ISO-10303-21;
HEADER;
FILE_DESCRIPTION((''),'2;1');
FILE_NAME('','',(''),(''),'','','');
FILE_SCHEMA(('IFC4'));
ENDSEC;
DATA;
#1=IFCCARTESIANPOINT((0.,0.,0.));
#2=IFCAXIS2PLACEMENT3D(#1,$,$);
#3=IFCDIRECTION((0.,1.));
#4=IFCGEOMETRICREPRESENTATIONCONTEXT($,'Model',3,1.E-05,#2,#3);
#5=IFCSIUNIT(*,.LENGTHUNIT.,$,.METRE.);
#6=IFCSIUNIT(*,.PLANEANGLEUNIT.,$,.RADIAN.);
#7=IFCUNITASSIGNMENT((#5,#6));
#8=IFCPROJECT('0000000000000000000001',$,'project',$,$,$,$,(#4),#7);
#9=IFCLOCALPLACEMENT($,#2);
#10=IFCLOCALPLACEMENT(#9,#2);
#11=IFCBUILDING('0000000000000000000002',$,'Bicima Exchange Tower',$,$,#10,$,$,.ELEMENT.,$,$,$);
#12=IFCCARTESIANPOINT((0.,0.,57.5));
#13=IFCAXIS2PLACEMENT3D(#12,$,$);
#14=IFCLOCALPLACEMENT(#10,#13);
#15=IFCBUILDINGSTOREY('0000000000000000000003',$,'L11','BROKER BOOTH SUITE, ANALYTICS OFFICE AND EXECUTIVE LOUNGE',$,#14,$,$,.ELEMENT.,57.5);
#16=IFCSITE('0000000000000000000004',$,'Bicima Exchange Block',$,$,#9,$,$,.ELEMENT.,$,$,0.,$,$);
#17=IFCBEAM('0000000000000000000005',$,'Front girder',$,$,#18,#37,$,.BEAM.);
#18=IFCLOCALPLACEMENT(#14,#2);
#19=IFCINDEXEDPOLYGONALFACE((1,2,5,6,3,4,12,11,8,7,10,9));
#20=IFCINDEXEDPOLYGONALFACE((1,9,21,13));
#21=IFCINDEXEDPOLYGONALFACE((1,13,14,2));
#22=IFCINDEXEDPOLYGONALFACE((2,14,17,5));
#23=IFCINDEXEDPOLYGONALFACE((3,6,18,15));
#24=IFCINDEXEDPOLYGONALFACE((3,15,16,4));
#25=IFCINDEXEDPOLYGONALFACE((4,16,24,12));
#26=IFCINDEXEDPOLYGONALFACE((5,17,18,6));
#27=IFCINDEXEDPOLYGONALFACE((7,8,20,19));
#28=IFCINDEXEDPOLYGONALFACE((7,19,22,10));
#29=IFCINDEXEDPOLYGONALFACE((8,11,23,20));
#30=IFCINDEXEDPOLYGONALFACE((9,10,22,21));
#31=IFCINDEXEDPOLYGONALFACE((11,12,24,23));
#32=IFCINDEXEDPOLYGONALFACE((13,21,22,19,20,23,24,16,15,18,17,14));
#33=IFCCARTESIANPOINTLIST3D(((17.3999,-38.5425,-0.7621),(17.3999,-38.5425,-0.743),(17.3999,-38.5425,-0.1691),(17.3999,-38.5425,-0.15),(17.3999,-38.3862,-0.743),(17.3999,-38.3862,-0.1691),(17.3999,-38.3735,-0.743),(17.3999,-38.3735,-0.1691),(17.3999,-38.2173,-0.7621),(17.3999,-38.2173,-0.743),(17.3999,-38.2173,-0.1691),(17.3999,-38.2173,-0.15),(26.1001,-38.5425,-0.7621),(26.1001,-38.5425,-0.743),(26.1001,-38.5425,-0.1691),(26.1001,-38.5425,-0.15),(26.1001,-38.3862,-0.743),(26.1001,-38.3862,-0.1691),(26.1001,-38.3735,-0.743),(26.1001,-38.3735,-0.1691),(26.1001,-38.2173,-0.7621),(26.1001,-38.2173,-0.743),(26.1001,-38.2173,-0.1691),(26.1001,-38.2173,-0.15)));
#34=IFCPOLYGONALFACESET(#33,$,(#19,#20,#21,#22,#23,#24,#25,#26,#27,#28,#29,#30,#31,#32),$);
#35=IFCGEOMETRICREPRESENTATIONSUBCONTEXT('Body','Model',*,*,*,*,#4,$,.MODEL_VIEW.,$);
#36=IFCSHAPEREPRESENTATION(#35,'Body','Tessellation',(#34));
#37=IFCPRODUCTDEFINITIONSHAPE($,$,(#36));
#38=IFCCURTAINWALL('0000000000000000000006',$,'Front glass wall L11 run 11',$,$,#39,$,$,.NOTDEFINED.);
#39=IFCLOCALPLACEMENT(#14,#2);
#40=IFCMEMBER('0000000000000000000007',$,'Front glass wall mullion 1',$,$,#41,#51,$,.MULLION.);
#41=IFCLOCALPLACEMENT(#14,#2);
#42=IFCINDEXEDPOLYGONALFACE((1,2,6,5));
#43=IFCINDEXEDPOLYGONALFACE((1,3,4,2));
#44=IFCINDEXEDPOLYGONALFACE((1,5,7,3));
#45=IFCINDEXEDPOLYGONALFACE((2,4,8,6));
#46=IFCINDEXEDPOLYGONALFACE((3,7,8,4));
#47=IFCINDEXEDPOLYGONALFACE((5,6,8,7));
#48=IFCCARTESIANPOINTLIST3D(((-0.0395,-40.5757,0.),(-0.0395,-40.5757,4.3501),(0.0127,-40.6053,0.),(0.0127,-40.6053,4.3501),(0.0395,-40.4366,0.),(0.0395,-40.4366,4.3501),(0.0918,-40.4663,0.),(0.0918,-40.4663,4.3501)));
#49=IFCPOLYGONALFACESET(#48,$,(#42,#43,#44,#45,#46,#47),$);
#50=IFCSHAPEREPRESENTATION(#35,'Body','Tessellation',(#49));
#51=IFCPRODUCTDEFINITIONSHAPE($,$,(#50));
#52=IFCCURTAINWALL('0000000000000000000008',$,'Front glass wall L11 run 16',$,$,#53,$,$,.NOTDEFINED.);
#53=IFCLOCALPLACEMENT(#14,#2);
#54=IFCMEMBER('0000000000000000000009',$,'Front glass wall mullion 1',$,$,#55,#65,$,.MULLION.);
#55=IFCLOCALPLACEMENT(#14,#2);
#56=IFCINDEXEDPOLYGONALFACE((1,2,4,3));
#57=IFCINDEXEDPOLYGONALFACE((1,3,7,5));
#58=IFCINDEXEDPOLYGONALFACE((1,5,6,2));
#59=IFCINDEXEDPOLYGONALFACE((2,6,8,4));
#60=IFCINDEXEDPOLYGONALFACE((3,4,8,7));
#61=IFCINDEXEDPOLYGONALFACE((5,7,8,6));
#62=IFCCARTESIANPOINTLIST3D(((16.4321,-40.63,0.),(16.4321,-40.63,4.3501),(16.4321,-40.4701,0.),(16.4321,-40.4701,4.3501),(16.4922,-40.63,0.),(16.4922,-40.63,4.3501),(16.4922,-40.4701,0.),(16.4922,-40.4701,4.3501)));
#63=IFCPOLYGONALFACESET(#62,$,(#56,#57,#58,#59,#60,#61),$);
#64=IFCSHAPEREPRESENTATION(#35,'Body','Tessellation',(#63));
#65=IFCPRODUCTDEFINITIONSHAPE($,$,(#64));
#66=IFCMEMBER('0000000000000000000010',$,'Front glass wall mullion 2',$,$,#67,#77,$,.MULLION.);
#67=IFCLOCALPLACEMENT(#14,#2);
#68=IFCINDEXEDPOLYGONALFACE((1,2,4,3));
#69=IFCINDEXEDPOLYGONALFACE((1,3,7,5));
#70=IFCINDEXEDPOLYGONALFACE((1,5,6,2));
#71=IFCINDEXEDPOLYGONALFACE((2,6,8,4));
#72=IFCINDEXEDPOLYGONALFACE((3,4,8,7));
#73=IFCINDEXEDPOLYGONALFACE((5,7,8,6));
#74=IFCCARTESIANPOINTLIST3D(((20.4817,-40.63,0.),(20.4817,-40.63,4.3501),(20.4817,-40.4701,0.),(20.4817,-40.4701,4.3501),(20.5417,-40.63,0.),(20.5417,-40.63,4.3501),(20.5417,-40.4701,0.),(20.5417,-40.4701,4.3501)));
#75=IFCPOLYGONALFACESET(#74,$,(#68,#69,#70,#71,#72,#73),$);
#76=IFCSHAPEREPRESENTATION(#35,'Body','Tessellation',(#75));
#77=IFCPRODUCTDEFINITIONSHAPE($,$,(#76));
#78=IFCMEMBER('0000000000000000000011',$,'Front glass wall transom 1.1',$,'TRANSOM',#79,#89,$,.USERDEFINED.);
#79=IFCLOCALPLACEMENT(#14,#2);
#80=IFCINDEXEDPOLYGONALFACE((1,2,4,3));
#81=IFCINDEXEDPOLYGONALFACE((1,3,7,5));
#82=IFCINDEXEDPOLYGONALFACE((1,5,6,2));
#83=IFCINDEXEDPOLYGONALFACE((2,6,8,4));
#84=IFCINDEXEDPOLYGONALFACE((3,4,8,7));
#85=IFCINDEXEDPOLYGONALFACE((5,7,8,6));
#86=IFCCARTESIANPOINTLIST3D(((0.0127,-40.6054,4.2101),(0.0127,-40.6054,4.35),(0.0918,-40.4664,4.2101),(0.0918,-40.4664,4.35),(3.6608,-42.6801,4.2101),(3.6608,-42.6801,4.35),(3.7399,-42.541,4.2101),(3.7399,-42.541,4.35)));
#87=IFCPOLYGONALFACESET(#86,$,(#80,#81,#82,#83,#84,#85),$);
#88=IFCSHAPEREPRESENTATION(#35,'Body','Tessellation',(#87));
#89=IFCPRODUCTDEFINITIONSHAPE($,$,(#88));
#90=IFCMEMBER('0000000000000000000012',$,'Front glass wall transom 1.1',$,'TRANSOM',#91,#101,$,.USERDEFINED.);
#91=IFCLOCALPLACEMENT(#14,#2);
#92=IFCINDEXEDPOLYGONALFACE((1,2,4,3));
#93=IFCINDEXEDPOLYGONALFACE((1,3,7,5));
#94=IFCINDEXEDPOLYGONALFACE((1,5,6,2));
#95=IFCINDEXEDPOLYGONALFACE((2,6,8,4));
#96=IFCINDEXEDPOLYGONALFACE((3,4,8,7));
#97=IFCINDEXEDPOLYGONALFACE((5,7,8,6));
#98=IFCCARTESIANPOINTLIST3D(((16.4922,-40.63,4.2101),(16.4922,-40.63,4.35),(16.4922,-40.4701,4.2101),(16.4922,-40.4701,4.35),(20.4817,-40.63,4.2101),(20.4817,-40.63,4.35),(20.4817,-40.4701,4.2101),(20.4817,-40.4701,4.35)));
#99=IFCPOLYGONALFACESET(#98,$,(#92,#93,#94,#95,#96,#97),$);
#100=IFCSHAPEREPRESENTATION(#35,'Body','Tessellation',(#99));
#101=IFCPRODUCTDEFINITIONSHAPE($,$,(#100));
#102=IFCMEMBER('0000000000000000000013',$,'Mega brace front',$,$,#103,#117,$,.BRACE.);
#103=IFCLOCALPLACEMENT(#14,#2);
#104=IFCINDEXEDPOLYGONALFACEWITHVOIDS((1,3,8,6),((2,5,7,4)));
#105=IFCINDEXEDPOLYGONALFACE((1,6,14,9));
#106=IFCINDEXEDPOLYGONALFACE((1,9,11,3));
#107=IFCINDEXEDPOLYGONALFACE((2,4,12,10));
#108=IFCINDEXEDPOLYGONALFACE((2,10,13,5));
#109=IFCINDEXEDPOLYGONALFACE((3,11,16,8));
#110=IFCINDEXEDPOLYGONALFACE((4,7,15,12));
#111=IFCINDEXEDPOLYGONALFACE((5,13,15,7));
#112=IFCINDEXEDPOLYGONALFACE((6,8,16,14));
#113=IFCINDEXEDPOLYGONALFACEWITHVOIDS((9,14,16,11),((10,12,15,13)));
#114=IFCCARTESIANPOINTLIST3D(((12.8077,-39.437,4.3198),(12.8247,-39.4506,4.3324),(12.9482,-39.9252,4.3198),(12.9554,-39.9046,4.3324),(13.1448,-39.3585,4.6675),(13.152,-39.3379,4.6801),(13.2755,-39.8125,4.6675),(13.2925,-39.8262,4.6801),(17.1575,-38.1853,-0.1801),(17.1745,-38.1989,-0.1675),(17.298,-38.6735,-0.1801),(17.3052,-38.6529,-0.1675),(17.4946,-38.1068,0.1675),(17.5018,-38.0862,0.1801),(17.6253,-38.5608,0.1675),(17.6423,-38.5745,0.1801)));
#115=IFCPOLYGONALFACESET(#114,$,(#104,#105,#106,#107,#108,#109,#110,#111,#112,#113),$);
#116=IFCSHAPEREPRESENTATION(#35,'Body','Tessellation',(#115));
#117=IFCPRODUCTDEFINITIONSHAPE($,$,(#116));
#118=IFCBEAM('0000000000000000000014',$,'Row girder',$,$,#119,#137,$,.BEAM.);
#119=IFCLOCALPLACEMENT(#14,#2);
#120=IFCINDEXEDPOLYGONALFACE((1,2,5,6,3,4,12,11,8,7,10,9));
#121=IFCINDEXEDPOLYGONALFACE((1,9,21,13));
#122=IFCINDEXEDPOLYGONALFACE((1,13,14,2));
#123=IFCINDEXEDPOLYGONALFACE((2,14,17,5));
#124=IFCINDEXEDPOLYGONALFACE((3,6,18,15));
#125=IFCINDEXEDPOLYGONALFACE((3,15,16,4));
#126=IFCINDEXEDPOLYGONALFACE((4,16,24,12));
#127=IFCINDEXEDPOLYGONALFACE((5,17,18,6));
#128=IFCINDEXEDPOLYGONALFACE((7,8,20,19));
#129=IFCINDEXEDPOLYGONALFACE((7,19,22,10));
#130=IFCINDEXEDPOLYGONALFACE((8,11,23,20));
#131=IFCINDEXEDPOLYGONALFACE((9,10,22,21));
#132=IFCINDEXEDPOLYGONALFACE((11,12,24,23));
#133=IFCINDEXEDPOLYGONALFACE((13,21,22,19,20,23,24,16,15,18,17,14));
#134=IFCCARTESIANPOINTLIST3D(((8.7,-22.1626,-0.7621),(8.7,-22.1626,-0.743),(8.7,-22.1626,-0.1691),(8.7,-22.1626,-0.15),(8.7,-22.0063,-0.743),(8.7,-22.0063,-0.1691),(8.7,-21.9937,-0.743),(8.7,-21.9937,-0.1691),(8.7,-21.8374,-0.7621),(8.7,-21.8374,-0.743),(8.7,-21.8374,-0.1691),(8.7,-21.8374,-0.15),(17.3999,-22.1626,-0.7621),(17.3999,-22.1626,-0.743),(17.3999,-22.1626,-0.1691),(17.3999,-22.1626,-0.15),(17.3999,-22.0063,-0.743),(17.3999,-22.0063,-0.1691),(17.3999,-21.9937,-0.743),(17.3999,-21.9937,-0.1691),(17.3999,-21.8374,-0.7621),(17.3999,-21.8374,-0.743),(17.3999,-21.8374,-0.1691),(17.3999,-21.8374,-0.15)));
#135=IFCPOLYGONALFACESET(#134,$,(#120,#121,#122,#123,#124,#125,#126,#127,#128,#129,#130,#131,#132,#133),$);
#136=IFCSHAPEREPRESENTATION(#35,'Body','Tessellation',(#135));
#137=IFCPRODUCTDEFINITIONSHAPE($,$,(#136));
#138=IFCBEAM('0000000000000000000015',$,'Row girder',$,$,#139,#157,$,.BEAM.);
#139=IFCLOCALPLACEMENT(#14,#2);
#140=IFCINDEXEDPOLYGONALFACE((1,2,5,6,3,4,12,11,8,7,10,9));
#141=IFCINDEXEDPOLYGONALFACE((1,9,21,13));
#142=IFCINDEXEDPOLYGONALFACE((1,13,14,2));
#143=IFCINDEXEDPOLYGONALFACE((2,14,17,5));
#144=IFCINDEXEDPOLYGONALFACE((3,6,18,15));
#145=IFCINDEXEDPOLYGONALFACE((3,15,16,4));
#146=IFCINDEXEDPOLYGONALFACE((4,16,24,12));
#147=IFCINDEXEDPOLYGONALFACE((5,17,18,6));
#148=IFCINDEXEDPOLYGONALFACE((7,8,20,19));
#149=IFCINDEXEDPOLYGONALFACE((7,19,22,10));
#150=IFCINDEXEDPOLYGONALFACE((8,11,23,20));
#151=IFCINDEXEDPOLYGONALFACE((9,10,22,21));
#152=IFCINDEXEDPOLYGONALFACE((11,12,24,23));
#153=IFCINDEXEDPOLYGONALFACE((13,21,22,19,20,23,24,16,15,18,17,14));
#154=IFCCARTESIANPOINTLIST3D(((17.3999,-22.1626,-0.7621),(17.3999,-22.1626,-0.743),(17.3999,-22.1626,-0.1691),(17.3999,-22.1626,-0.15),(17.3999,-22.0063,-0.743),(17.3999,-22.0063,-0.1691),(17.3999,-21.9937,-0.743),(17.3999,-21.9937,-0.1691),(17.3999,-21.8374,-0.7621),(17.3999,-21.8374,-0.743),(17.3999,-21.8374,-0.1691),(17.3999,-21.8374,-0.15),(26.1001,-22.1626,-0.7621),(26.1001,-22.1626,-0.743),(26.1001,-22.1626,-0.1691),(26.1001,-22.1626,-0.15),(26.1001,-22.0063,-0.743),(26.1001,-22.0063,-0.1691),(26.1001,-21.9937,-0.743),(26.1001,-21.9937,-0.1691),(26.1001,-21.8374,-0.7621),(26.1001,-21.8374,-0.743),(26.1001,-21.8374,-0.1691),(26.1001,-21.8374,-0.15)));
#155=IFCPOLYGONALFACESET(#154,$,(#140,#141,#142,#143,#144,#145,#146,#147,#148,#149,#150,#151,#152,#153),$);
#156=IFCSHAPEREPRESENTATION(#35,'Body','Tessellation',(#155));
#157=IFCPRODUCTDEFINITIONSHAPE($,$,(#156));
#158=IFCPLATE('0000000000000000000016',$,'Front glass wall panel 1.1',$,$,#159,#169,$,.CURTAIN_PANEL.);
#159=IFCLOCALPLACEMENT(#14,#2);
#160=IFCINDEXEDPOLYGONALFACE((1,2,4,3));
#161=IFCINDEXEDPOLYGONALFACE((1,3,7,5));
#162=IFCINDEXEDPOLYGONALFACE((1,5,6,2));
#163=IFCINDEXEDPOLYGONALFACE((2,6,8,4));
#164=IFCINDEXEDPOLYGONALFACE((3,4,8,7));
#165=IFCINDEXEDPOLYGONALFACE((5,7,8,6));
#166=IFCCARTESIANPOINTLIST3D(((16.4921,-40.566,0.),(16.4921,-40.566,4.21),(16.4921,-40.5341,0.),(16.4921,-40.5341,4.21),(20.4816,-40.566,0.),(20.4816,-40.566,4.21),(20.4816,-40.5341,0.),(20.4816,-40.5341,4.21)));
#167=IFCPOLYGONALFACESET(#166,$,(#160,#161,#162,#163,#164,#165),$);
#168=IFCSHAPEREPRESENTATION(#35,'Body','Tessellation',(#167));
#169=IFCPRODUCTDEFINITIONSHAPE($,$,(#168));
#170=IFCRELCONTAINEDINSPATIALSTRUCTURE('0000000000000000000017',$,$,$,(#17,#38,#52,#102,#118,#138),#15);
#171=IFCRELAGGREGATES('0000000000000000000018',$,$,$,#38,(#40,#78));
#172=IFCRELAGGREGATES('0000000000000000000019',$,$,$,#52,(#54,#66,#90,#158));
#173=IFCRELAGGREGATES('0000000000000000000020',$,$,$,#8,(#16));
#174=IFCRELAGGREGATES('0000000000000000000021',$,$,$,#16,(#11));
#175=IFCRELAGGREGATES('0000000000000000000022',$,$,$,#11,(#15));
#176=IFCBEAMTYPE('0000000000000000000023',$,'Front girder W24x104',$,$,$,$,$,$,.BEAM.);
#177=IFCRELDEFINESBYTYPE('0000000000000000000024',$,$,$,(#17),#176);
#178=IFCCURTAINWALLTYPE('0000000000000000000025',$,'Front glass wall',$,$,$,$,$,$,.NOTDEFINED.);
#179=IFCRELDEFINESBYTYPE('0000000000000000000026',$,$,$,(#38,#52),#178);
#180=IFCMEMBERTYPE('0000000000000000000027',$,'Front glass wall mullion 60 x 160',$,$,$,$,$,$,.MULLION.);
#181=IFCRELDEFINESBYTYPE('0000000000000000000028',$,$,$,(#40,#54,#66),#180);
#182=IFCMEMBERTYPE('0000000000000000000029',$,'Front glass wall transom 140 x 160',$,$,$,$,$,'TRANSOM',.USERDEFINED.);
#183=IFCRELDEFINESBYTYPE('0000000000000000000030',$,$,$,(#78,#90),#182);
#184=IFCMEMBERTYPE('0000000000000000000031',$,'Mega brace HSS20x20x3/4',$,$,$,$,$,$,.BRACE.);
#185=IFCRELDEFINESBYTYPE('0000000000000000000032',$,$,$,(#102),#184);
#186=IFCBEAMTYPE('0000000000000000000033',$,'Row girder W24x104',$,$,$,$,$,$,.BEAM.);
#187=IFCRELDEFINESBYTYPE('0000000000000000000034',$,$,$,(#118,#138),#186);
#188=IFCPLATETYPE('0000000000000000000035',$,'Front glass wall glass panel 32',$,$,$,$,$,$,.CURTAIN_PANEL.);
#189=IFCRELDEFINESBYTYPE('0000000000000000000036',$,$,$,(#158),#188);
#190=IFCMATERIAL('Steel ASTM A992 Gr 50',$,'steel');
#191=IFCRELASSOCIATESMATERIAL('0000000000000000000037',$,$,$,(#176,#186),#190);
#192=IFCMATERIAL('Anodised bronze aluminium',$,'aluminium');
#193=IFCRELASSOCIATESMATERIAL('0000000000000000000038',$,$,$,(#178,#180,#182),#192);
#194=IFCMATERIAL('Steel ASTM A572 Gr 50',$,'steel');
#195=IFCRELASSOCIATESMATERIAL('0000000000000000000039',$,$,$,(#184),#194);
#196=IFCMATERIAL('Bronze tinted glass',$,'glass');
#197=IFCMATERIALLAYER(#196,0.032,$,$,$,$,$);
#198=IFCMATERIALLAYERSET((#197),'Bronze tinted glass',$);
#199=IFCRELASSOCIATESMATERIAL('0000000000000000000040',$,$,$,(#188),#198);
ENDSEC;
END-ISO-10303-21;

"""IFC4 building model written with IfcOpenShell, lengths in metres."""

from ifc_helpers import new_model, si_unit, direction, frame, origin, origin_2d, place, context, subcontext, project, spatial, rectangle, hollow_rectangle, i_section, extrude, material, layer, layer_set, material_profile, profile_set, type_object, element, aggregate, save


model = new_model("IFC4")

# Units and contexts
model_context = context("Model", 3, precision=1e-05, world=origin(), true_north=direction((0.0, 1.0)))
body_context = subcontext(model_context, "Body", "Model", "MODEL_VIEW")
ifc_project = project(units=[si_unit("LENGTHUNIT", "METRE"), si_unit("PLANEANGLEUNIT", "RADIAN")], contexts=[model_context])

# Site, building, storey
site_placement = place(None, origin())
site = spatial("IfcSite", under=ifc_project, at=site_placement, Name="Bicima Exchange Block", CompositionType="ELEMENT", RefElevation=0.0)
building_placement = place(site_placement, origin())
building = spatial("IfcBuilding", under=site, at=building_placement, Name="Bicima Exchange Tower", CompositionType="ELEMENT")
storey_placement = place(building_placement, frame((0.0, 0.0, 57.5)))
storey = spatial("IfcBuildingStorey", under=building, at=storey_placement, Name="L11", Description="BROKER BOOTH SUITE, ANALYTICS OFFICE AND EXECUTIVE LOUNGE", CompositionType="ELEMENT", Elevation=57.5)

# Shared definitions
ifc_material_1 = material(Name="Steel ASTM A992 Gr 50", Category="steel")

# Beam
ifc_material_profile_1 = material_profile(ifc_material_1, i_section(OverallWidth=0.3252, OverallDepth=0.6121, WebThickness=0.0127, FlangeThickness=0.019, at=origin_2d()))
ifc_profile_set_1 = profile_set([ifc_material_profile_1], Name="Steel ASTM A992 Gr 50")
beam_type_1 = type_object("IfcBeamType", Name="Front girder W24x104", PredefinedType="BEAM", material=ifc_profile_set_1)
beam_1_placement = place(storey_placement, frame((17.3999, -38.3799, -0.4561), z_axis=(1.0, 0.0, 0.0), x_axis=(0.0, 1.0, 0.0)))
element("IfcBeam", 1, at=beam_1_placement, inside=storey, type_object=beam_type_1, Name="Front girder", PredefinedType="BEAM", context=body_context, shape_type="SweptSolid", body=[
    extrude(i_section(OverallWidth=0.3252, OverallDepth=0.6121, WebThickness=0.0127, FlangeThickness=0.019, at=origin_2d()), origin(), (0.0, 0.0, 1.0), 8.7002),
])

# Curtain wall, member
ifc_material_2 = material(Name="Anodised bronze aluminium", Category="aluminium")
curtain_wall_type = type_object("IfcCurtainWallType", Name="Front glass wall", PredefinedType="NOTDEFINED", material=ifc_material_2)
curtain_wall_1_placement = place(storey_placement, origin())
curtain_wall_1 = element("IfcCurtainWall", 2, at=curtain_wall_1_placement, inside=storey, type_object=curtain_wall_type, Name="Front glass wall L11 run 11", PredefinedType="NOTDEFINED")
ifc_material_profile_2 = material_profile(ifc_material_2, rectangle(XDim=0.1599, YDim=0.0601, at=origin_2d()))
ifc_profile_set_2 = profile_set([ifc_material_profile_2], Name="Anodised bronze aluminium")
member_type_1 = type_object("IfcMemberType", Name="Front glass wall mullion 60 x 160", PredefinedType="MULLION", material=ifc_profile_set_2)
member_1_placement = place(storey_placement, frame((0.0261, -40.521, 0.0), z_axis=(0.0, 0.0, 1.0), x_axis=(0.49433, 0.869274, 0.0)))
member_1 = element("IfcMember", 3, at=member_1_placement, type_object=member_type_1, Name="Front glass wall mullion 1", PredefinedType="MULLION", context=body_context, shape_type="SweptSolid", body=[
    extrude(rectangle(XDim=0.1599, YDim=0.0601, at=origin_2d()), origin(), (0.0, 0.0, 1.0), 4.3501),
])

# Curtain wall, members
curtain_wall_2_placement = place(storey_placement, origin())
curtain_wall_2 = element("IfcCurtainWall", 4, at=curtain_wall_2_placement, inside=storey, type_object=curtain_wall_type, Name="Front glass wall L11 run 16", PredefinedType="NOTDEFINED")
member_2_placement = place(storey_placement, frame((16.4622, -40.55, 0.0), z_axis=(0.0, 0.0, 1.0), x_axis=(0.0, 1.0, 0.0)))
member_2 = element("IfcMember", 5, at=member_2_placement, type_object=member_type_1, Name="Front glass wall mullion 1", PredefinedType="MULLION", context=body_context, shape_type="SweptSolid", body=[
    extrude(rectangle(XDim=0.1599, YDim=0.0601, at=origin_2d()), origin(), (0.0, 0.0, 1.0), 4.3501),
])
member_3_placement = place(storey_placement, frame((20.5117, -40.55, 0.0), z_axis=(0.0, 0.0, 1.0), x_axis=(0.0, 1.0, 0.0)))
member_3 = element("IfcMember", 6, at=member_3_placement, type_object=member_type_1, Name="Front glass wall mullion 2", PredefinedType="MULLION", context=body_context, shape_type="SweptSolid", body=[
    extrude(rectangle(XDim=0.1599, YDim=0.0601, at=origin_2d()), origin(), (0.0, 0.0, 1.0), 4.3501),
])

# Members
ifc_material_profile_3 = material_profile(ifc_material_2, rectangle(XDim=0.1599, YDim=0.1399, at=origin_2d()))
ifc_profile_set_3 = profile_set([ifc_material_profile_3], Name="Anodised bronze aluminium")
member_type_2 = type_object("IfcMemberType", Name="Front glass wall transom 140 x 160", ElementType="TRANSOM", PredefinedType="USERDEFINED", material=ifc_profile_set_3)
member_4_placement = place(storey_placement, frame((0.0522, -40.5359, 4.28), z_axis=(0.869265, -0.494346, 0.0), x_axis=(0.494346, 0.869265, 0.0)))
member_4 = element("IfcMember", 7, at=member_4_placement, type_object=member_type_2, Name="Front glass wall transom 1.1", ObjectType="TRANSOM", PredefinedType="USERDEFINED", context=body_context, shape_type="SweptSolid", body=[
    extrude(rectangle(XDim=0.1599, YDim=0.1399, at=origin_2d()), origin(), (0.0, 0.0, 1.0), 4.1968),
])
aggregate(curtain_wall_1, [member_1, member_4])
member_5_placement = place(storey_placement, frame((16.4922, -40.55, 4.28), z_axis=(1.0, 0.0, 0.0), x_axis=(0.0, 1.0, 0.0)))
member_5 = element("IfcMember", 8, at=member_5_placement, type_object=member_type_2, Name="Front glass wall transom 1.1", ObjectType="TRANSOM", PredefinedType="USERDEFINED", context=body_context, shape_type="SweptSolid", body=[
    extrude(rectangle(XDim=0.1599, YDim=0.1399, at=origin_2d()), origin(), (0.0, 0.0, 1.0), 3.9895),
])
ifc_material_3 = material(Name="Steel ASTM A572 Gr 50", Category="steel")
ifc_material_profile_4 = material_profile(ifc_material_3, hollow_rectangle(XDim=0.5081, YDim=0.5081, WallThickness=0.0178, at=origin_2d()))
ifc_profile_set_4 = profile_set([ifc_material_profile_4], Name="Steel ASTM A572 Gr 50")
member_type_3 = type_object("IfcMemberType", Name="Mega brace HSS20x20x3/4", PredefinedType="BRACE", material=ifc_profile_set_4)
member_6_placement = place(storey_placement, frame((17.3999, -38.3799, 0.0), z_axis=(-0.681514, -0.196112, 0.705038), x_axis=(0.276537, -0.961003, 0.0)))
element("IfcMember", 9, at=member_6_placement, inside=storey, type_object=member_type_3, Name="Mega brace front", PredefinedType="BRACE", context=body_context, shape_type="SweptSolid", body=[
    extrude(hollow_rectangle(XDim=0.5081, YDim=0.5081, WallThickness=0.0178, at=origin_2d()), origin(), (0.0, 0.0, 1.0), 6.3826),
])

# Beams
beam_type_2 = type_object("IfcBeamType", Name="Row girder W24x104", PredefinedType="BEAM", material=ifc_profile_set_1)
beam_2_placement = place(storey_placement, frame((8.7, -22.0, -0.4561), z_axis=(1.0, 0.0, 0.0), x_axis=(0.0, 1.0, 0.0)))
element("IfcBeam", 10, at=beam_2_placement, inside=storey, type_object=beam_type_2, Name="Row girder", PredefinedType="BEAM", context=body_context, shape_type="SweptSolid", body=[
    extrude(i_section(OverallWidth=0.3252, OverallDepth=0.6121, WebThickness=0.0127, FlangeThickness=0.019, at=origin_2d()), origin(), (0.0, 0.0, 1.0), 8.7),
])
beam_3_placement = place(storey_placement, frame((17.3999, -22.0, -0.4561), z_axis=(1.0, 0.0, 0.0), x_axis=(0.0, 1.0, 0.0)))
element("IfcBeam", 11, at=beam_3_placement, inside=storey, type_object=beam_type_2, Name="Row girder", PredefinedType="BEAM", context=body_context, shape_type="SweptSolid", body=[
    extrude(i_section(OverallWidth=0.3252, OverallDepth=0.6121, WebThickness=0.0127, FlangeThickness=0.019, at=origin_2d()), origin(), (0.0, 0.0, 1.0), 8.7002),
])

# Plate
ifc_material_4 = material(Name="Bronze tinted glass", Category="glass")
ifc_layer_1 = layer(ifc_material_4, 0.032)
ifc_layer_set_1 = layer_set([ifc_layer_1], Name="Bronze tinted glass")
plate_type = type_object("IfcPlateType", Name="Front glass wall glass panel 32", PredefinedType="CURTAIN_PANEL", material=ifc_layer_set_1)
plate_placement = place(storey_placement, frame((18.4868, -40.55, 0.0), z_axis=(0.0, 0.0, 1.0), x_axis=(1.0, 0.0, 0.0)))
plate = element("IfcPlate", 12, at=plate_placement, type_object=plate_type, Name="Front glass wall panel 1.1", PredefinedType="CURTAIN_PANEL", context=body_context, shape_type="SweptSolid", body=[
    extrude(rectangle(XDim=3.9895, YDim=0.032, at=origin_2d()), origin(), (0.0, 0.0, 1.0), 4.21),
])
aggregate(curtain_wall_2, [member_2, member_3, member_5, plate])

save(model, "model.ifc")
